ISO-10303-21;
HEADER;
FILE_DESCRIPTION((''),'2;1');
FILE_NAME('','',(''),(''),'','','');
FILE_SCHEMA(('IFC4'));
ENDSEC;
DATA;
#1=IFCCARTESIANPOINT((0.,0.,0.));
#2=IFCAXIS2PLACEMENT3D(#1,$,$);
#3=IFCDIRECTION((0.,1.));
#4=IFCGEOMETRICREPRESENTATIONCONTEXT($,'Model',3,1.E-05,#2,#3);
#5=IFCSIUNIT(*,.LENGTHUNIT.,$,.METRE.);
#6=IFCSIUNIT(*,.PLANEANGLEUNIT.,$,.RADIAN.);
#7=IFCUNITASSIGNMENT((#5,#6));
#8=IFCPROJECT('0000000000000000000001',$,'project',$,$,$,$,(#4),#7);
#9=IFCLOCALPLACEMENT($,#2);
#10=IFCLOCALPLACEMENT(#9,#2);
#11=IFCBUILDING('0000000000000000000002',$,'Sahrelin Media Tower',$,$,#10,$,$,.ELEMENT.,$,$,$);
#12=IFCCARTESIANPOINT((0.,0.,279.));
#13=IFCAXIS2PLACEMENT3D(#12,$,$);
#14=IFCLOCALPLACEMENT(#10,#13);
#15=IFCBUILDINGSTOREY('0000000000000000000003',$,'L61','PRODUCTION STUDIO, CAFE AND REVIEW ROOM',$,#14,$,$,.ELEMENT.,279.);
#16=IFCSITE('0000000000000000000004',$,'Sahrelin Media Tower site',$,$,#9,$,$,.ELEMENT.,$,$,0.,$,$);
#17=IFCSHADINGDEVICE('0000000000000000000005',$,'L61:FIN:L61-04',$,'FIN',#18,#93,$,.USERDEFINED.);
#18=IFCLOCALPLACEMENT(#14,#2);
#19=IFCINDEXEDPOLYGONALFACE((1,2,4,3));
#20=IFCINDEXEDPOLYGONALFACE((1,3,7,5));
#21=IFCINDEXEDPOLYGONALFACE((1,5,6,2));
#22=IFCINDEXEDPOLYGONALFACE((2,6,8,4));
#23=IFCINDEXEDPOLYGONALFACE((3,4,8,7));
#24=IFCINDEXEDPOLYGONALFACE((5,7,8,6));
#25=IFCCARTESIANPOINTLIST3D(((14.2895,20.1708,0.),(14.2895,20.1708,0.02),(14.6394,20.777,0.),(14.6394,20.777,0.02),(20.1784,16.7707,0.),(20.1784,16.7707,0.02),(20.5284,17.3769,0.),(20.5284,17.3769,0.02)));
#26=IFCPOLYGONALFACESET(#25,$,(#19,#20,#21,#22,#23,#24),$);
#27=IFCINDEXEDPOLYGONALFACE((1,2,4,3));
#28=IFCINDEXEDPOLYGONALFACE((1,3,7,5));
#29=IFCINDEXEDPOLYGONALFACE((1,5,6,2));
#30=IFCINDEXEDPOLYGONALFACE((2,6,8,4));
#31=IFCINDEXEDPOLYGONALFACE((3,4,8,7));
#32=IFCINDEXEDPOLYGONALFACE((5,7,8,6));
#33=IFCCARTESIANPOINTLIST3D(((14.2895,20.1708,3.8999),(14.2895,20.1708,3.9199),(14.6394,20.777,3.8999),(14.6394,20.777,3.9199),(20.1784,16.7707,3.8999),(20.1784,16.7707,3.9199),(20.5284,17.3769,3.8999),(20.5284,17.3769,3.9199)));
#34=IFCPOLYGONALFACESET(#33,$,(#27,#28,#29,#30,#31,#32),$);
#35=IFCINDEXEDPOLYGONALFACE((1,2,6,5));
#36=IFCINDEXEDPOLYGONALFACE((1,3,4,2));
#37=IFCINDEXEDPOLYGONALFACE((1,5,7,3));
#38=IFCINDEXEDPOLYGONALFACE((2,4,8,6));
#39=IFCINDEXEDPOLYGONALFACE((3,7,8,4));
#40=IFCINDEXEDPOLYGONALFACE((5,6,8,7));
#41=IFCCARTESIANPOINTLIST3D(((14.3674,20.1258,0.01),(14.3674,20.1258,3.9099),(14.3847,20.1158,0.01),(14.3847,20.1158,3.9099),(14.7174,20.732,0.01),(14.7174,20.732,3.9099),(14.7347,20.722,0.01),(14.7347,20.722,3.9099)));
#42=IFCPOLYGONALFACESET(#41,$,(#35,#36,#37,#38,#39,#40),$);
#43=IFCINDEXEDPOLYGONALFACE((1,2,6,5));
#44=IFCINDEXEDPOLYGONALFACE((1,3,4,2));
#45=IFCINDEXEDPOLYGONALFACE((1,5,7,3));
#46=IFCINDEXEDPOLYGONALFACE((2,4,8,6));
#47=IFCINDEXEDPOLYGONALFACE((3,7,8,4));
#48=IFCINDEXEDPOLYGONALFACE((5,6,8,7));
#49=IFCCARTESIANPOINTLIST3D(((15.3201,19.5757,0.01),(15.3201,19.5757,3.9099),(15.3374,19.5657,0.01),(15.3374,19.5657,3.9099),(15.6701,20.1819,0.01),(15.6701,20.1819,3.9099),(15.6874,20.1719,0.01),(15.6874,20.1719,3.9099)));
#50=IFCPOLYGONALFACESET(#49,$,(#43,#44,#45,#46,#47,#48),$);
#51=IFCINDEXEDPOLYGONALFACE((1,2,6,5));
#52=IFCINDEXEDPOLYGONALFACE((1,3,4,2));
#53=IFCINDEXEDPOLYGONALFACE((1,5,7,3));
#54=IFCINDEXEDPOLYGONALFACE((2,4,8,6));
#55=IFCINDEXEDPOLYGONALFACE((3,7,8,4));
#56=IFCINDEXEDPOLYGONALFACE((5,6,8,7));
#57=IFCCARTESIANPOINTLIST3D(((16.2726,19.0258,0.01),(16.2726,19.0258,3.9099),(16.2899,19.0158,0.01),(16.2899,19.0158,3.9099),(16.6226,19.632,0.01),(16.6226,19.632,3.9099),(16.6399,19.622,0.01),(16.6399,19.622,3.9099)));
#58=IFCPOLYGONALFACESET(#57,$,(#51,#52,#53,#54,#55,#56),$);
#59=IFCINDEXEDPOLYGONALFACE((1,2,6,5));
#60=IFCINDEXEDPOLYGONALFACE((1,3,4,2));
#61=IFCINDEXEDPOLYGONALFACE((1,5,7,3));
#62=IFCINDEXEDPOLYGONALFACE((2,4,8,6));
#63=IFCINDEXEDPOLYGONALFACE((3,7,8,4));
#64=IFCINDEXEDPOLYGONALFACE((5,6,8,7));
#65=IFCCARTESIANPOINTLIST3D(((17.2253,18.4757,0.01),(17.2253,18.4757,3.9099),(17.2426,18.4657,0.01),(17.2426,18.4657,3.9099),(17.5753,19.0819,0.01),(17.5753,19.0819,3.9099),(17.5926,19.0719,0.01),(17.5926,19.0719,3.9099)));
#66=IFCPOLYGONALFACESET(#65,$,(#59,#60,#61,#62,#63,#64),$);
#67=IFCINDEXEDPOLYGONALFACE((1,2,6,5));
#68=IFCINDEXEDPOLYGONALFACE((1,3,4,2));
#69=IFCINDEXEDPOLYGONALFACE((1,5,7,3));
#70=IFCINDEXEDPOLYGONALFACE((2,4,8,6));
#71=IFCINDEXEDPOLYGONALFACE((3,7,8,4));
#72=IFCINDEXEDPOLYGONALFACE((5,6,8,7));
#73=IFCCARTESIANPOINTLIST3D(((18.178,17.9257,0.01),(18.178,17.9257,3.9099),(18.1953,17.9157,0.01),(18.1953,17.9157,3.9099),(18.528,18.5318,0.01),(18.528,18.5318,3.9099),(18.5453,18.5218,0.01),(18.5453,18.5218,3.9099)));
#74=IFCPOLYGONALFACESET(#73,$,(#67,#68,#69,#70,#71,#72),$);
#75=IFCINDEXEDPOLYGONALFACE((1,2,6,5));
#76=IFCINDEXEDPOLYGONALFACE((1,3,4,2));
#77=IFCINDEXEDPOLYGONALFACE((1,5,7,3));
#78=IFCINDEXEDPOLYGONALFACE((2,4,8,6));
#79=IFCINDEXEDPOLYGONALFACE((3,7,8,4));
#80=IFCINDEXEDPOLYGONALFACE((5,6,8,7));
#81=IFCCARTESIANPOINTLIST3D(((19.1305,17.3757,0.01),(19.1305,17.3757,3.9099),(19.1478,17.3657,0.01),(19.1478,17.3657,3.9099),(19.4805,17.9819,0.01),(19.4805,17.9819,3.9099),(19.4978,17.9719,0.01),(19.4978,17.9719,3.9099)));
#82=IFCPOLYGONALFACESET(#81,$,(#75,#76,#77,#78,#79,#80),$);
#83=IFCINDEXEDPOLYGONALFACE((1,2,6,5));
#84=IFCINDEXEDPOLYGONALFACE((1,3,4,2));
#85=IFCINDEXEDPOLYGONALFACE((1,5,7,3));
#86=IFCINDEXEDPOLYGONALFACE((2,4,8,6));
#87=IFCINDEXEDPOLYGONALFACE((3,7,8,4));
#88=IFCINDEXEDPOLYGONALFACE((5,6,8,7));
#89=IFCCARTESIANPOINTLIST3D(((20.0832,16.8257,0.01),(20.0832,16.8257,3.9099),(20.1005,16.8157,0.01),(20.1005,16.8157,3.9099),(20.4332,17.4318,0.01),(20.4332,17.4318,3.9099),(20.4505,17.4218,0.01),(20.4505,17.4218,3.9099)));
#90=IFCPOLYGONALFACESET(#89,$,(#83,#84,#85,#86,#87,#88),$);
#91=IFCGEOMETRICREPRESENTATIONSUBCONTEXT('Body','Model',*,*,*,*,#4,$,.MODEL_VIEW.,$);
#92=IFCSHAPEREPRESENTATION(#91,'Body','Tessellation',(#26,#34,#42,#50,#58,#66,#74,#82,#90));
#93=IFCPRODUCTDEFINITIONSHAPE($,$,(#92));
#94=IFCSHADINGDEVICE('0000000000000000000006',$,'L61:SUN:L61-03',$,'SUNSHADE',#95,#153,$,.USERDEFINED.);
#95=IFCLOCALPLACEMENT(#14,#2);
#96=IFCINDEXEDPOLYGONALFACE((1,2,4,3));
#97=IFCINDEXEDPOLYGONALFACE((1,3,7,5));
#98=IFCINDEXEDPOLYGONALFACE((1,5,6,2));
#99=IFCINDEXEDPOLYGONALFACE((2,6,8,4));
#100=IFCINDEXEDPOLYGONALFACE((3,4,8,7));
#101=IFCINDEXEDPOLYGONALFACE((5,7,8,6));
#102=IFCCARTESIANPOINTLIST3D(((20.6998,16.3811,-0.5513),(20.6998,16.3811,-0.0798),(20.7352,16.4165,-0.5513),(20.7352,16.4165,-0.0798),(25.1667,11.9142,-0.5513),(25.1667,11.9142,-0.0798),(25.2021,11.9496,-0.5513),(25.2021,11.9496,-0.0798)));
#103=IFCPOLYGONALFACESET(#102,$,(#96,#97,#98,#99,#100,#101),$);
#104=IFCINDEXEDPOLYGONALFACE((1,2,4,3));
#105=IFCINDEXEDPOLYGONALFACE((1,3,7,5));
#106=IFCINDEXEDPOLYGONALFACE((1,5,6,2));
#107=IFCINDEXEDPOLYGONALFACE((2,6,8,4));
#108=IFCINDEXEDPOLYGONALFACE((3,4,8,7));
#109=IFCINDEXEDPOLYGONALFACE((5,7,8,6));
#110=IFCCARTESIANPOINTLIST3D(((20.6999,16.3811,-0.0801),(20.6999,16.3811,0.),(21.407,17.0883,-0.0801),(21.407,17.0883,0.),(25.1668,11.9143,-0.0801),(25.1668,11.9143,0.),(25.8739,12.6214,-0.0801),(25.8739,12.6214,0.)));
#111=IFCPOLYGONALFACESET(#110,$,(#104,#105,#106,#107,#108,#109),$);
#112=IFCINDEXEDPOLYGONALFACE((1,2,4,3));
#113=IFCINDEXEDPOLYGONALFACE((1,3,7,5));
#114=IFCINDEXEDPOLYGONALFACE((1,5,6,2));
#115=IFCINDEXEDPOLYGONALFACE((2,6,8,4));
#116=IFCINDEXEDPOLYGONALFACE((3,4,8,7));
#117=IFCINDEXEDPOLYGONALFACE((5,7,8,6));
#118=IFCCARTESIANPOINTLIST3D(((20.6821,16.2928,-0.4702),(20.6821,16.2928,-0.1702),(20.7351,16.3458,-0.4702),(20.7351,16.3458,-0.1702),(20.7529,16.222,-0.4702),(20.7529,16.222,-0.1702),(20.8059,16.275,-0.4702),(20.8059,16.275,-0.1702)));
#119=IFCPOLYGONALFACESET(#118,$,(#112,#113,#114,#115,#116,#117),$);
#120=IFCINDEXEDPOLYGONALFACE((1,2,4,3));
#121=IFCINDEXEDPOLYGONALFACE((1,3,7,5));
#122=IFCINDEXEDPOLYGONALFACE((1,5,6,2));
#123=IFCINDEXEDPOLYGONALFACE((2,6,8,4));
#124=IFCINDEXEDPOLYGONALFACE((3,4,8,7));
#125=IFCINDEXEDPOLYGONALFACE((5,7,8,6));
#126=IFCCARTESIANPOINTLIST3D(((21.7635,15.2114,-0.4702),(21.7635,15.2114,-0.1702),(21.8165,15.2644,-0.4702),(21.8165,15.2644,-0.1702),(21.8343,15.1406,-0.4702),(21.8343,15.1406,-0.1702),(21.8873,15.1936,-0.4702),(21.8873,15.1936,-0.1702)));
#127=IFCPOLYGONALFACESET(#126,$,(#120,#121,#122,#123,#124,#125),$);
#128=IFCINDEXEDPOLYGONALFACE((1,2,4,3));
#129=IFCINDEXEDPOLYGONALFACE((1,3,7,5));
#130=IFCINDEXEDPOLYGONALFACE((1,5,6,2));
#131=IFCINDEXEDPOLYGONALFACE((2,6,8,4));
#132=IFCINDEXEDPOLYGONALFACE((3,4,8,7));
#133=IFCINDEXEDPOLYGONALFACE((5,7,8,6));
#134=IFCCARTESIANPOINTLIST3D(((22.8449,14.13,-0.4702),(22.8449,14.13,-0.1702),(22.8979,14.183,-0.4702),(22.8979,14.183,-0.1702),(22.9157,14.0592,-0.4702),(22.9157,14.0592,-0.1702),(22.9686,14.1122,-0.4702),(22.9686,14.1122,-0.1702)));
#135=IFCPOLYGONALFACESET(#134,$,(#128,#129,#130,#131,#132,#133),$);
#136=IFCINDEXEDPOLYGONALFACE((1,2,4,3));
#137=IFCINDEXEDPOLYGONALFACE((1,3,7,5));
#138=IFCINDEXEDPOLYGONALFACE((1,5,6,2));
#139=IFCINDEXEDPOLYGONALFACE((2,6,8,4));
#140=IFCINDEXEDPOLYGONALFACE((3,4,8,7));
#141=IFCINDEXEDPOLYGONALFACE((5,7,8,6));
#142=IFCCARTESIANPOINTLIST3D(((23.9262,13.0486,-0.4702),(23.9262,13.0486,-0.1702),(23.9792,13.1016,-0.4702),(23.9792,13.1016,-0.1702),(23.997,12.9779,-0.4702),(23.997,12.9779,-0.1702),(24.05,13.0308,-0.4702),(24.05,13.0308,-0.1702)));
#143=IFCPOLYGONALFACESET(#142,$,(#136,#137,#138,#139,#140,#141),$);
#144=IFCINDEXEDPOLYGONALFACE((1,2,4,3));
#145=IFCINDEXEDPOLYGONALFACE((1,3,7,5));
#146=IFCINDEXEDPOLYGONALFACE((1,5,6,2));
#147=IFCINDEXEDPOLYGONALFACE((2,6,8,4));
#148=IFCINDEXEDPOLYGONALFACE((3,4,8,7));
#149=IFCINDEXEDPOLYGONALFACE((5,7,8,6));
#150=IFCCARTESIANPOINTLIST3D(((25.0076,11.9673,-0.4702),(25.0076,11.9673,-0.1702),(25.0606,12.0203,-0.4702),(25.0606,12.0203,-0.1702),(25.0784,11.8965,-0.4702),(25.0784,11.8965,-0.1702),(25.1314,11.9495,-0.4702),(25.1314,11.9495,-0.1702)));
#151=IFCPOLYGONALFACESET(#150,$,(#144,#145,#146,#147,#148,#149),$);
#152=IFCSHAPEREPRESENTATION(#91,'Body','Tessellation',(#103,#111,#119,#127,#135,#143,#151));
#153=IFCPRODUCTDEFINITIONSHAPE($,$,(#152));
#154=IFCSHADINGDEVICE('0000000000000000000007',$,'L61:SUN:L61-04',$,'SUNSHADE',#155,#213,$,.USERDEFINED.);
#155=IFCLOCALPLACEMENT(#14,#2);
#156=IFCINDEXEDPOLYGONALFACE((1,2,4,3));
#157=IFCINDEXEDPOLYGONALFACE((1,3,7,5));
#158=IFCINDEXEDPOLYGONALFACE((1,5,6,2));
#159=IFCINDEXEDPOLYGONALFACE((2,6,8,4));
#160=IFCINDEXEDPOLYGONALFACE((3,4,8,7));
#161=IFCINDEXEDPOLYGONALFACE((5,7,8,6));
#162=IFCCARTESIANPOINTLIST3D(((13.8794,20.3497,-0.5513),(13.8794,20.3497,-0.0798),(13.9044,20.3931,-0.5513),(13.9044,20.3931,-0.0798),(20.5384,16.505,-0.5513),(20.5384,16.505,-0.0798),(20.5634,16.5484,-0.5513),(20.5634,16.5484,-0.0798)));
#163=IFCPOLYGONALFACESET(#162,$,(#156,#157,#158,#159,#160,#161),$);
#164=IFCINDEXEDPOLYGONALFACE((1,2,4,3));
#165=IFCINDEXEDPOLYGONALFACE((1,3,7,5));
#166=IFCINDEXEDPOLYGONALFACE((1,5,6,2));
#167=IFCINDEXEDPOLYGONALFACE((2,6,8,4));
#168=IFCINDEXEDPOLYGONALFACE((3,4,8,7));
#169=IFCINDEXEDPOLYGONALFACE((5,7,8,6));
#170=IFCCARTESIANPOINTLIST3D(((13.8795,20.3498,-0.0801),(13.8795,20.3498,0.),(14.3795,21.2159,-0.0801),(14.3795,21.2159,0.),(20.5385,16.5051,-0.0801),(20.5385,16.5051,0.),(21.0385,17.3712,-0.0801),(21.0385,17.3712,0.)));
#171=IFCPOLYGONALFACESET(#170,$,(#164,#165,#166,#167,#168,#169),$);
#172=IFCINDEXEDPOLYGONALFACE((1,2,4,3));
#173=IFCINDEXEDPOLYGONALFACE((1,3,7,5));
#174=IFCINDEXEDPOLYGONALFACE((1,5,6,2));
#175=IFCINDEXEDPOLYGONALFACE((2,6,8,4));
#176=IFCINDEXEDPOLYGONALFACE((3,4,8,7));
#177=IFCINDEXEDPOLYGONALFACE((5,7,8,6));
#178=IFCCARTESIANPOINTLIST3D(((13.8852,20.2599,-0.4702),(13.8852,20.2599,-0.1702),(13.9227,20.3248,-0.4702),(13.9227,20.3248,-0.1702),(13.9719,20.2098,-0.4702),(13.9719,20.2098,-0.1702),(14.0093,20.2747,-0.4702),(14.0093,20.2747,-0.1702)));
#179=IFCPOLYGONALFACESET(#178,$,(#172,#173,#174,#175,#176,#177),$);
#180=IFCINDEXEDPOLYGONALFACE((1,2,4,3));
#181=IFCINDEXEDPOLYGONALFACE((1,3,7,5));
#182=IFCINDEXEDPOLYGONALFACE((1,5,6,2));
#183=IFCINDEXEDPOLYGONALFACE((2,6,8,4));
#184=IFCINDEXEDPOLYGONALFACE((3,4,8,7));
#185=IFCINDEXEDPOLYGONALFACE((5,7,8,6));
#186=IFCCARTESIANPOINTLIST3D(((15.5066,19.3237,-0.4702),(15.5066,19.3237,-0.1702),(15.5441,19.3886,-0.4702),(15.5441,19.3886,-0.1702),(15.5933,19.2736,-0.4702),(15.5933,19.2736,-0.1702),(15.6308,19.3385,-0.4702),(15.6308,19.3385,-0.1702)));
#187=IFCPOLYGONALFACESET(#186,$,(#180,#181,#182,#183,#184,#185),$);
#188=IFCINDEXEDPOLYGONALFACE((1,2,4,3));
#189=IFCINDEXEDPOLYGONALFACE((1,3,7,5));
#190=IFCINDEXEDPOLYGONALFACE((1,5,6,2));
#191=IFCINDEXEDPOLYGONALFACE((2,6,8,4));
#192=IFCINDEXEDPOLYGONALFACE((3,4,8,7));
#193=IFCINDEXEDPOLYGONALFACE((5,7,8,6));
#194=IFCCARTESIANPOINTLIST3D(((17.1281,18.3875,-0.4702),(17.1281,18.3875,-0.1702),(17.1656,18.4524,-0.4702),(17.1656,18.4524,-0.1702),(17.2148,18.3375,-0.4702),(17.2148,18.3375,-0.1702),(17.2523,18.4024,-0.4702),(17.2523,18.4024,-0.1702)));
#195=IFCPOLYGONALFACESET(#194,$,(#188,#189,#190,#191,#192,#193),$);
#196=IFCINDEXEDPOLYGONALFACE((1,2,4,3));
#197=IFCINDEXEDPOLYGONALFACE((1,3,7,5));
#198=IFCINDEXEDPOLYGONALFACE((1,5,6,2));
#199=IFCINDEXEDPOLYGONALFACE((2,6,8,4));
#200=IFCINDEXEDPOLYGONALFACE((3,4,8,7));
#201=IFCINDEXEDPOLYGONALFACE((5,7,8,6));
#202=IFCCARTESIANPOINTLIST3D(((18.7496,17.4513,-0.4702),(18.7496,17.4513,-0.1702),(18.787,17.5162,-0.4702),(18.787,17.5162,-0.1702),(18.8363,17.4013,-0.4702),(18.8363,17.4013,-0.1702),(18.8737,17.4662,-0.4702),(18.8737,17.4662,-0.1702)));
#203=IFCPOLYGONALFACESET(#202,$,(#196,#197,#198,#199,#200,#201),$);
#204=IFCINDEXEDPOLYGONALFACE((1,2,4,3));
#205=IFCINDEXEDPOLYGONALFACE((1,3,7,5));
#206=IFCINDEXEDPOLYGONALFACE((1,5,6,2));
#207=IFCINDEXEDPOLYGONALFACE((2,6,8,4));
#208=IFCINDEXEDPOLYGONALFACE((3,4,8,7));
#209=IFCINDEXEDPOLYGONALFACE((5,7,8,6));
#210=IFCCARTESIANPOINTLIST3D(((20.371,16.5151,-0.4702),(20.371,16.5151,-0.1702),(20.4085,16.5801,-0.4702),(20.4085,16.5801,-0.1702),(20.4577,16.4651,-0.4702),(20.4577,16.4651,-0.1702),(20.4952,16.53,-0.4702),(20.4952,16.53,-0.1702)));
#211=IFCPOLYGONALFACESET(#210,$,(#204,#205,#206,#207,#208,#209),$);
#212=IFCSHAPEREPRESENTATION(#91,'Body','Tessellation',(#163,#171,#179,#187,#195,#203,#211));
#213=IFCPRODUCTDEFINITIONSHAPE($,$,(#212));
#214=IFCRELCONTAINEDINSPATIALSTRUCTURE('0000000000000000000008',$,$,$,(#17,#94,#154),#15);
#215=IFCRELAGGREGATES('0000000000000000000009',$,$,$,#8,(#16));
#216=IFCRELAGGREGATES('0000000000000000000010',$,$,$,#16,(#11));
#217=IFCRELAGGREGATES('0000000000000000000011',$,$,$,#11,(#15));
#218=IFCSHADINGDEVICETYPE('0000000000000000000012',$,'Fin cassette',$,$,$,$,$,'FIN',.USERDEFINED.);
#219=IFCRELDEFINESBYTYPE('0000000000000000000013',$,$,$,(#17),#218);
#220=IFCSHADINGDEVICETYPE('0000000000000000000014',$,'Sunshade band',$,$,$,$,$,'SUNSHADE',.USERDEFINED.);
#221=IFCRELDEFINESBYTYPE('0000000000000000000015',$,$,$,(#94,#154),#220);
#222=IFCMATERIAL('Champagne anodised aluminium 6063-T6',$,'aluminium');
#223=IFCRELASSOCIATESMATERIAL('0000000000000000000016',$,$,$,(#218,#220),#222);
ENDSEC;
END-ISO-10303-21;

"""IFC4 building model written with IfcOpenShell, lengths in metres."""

from ifc_helpers import new_model, si_unit, direction, frame, origin, origin_2d, place, context, subcontext, project, spatial, rectangle, extrude, material, type_object, element, save


model = new_model("IFC4")

# Units and contexts
model_context = context("Model", 3, precision=1e-05, world=origin(), true_north=direction((0.0, 1.0)))
body_context = subcontext(model_context, "Body", "Model", "MODEL_VIEW")
ifc_project = project(units=[si_unit("LENGTHUNIT", "METRE"), si_unit("PLANEANGLEUNIT", "RADIAN")], contexts=[model_context])

# Site, building, storey
site_placement = place(None, origin())
site = spatial("IfcSite", under=ifc_project, at=site_placement, Name="Sahrelin Media Tower site", CompositionType="ELEMENT", RefElevation=0.0)
building_placement = place(site_placement, origin())
building = spatial("IfcBuilding", under=site, at=building_placement, Name="Sahrelin Media Tower", CompositionType="ELEMENT")
storey_placement = place(building_placement, frame((0.0, 0.0, 279.0)))
storey = spatial("IfcBuildingStorey", under=building, at=storey_placement, Name="L61", Description="PRODUCTION STUDIO, CAFE AND REVIEW ROOM", CompositionType="ELEMENT", Elevation=279.0)

# Shared definitions
ifc_material_1 = material(Name="Champagne anodised aluminium 6063-T6", Category="aluminium")

# Shading devices
shading_device_type_1 = type_object("IfcShadingDeviceType", Name="Fin cassette", ElementType="FIN", PredefinedType="USERDEFINED", material=ifc_material_1)
placement_1 = place(storey_placement, frame((22.9192, 14.1335, 0.0), z_axis=(0.0, 0.0, 1.0), x_axis=(0.707107, -0.707107, 0.0)))
placement_2 = place(storey_placement, frame((17.199, 18.4102, 0.0), z_axis=(0.0, 0.0, 1.0), x_axis=(0.866019, -0.500011, 0.0)))
element("IfcShadingDevice", 1, at=placement_2, inside=storey, type_object=shading_device_type_1, Name="L61:FIN:L61-04", ObjectType="FIN", PredefinedType="USERDEFINED", context=body_context, shape_type="SweptSolid", body=[
    extrude(rectangle(XDim=6.8, YDim=0.7, at=origin_2d()), frame((0.0, 0.4199, 0.0)), (0.0, 0.0, 1.0), 0.02),
    extrude(rectangle(XDim=6.8, YDim=0.7, at=origin_2d()), frame((0.0, 0.4199, 3.8999)), (0.0, 0.0, 1.0), 0.02),
    extrude(rectangle(XDim=0.02, YDim=0.7, at=origin_2d()), frame((-3.3, 0.4199, 0.01), z_axis=(0.0, 0.0, 1.0), x_axis=(1.0, 0.0, 0.0)), (0.0, 0.0, 1.0), 3.8999),
    extrude(rectangle(XDim=0.02, YDim=0.7, at=origin_2d()), frame((-2.2, 0.4199, 0.01), z_axis=(0.0, 0.0, 1.0), x_axis=(1.0, 0.0, 0.0)), (0.0, 0.0, 1.0), 3.8999),
    extrude(rectangle(XDim=0.02, YDim=0.7, at=origin_2d()), frame((-1.1001, 0.4199, 0.01), z_axis=(0.0, 0.0, 1.0), x_axis=(1.0, 0.0, 0.0)), (0.0, 0.0, 1.0), 3.8999),
    extrude(rectangle(XDim=0.02, YDim=0.7, at=origin_2d()), frame((0.0, 0.4199, 0.01), z_axis=(0.0, 0.0, 1.0), x_axis=(1.0, 0.0, 0.0)), (0.0, 0.0, 1.0), 3.8999),
    extrude(rectangle(XDim=0.02, YDim=0.7, at=origin_2d()), frame((1.1001, 0.4199, 0.01), z_axis=(0.0, 0.0, 1.0), x_axis=(1.0, 0.0, 0.0)), (0.0, 0.0, 1.0), 3.8999),
    extrude(rectangle(XDim=0.02, YDim=0.7, at=origin_2d()), frame((2.2, 0.4199, 0.01), z_axis=(0.0, 0.0, 1.0), x_axis=(1.0, 0.0, 0.0)), (0.0, 0.0, 1.0), 3.8999),
    extrude(rectangle(XDim=0.02, YDim=0.7, at=origin_2d()), frame((3.3, 0.4199, 0.01), z_axis=(0.0, 0.0, 1.0), x_axis=(1.0, 0.0, 0.0)), (0.0, 0.0, 1.0), 3.8999),
])
shading_device_type_2 = type_object("IfcShadingDeviceType", Name="Sunshade band", ElementType="SUNSHADE", PredefinedType="USERDEFINED", material=ifc_material_1)
element("IfcShadingDevice", 2, at=placement_1, inside=storey, type_object=shading_device_type_2, Name="L61:SUN:L61-03", ObjectType="SUNSHADE", PredefinedType="USERDEFINED", context=body_context, shape_type="SweptSolid", body=[
    extrude(rectangle(XDim=6.3171, YDim=0.05, at=origin_2d()), frame((0.0, 0.0449, -0.5513)), (0.0, 0.0, 1.0), 0.4714),
    extrude(rectangle(XDim=6.3171, YDim=1.0, at=origin_2d()), frame((0.0, 0.52, -0.0801)), (0.0, 0.0, 1.0), 0.0801),
    extrude(rectangle(XDim=0.1001, YDim=0.075, at=origin_2d()), frame((-3.0586, -0.0176, -0.4702)), (0.0, 0.0, 1.0), 0.3),
    extrude(rectangle(XDim=0.1001, YDim=0.075, at=origin_2d()), frame((-1.5293, -0.0176, -0.4702)), (0.0, 0.0, 1.0), 0.3),
    extrude(rectangle(XDim=0.1001, YDim=0.075, at=origin_2d()), frame((0.0, -0.0176, -0.4702)), (0.0, 0.0, 1.0), 0.3),
    extrude(rectangle(XDim=0.1001, YDim=0.075, at=origin_2d()), frame((1.5293, -0.0176, -0.4702)), (0.0, 0.0, 1.0), 0.3),
    extrude(rectangle(XDim=0.1001, YDim=0.075, at=origin_2d()), frame((3.0586, -0.0176, -0.4702)), (0.0, 0.0, 1.0), 0.3),
])
element("IfcShadingDevice", 3, at=placement_2, inside=storey, type_object=shading_device_type_2, Name="L61:SUN:L61-04", ObjectType="SUNSHADE", PredefinedType="USERDEFINED", context=body_context, shape_type="SweptSolid", body=[
    extrude(rectangle(XDim=7.6892, YDim=0.05, at=origin_2d()), frame((0.0, 0.0449, -0.5513)), (0.0, 0.0, 1.0), 0.4714),
    extrude(rectangle(XDim=7.6892, YDim=1.0, at=origin_2d()), frame((0.0, 0.52, -0.0801)), (0.0, 0.0, 1.0), 0.0801),
    extrude(rectangle(XDim=0.1001, YDim=0.075, at=origin_2d()), frame((-3.7446, -0.0176, -0.4702)), (0.0, 0.0, 1.0), 0.3),
    extrude(rectangle(XDim=0.1001, YDim=0.075, at=origin_2d()), frame((-1.8723, -0.0176, -0.4702)), (0.0, 0.0, 1.0), 0.3),
    extrude(rectangle(XDim=0.1001, YDim=0.075, at=origin_2d()), frame((0.0, -0.0176, -0.4702)), (0.0, 0.0, 1.0), 0.3),
    extrude(rectangle(XDim=0.1001, YDim=0.075, at=origin_2d()), frame((1.8723, -0.0176, -0.4702)), (0.0, 0.0, 1.0), 0.3),
    extrude(rectangle(XDim=0.1001, YDim=0.075, at=origin_2d()), frame((3.7446, -0.0176, -0.4702)), (0.0, 0.0, 1.0), 0.3),
])

save(model, "model.ifc")
